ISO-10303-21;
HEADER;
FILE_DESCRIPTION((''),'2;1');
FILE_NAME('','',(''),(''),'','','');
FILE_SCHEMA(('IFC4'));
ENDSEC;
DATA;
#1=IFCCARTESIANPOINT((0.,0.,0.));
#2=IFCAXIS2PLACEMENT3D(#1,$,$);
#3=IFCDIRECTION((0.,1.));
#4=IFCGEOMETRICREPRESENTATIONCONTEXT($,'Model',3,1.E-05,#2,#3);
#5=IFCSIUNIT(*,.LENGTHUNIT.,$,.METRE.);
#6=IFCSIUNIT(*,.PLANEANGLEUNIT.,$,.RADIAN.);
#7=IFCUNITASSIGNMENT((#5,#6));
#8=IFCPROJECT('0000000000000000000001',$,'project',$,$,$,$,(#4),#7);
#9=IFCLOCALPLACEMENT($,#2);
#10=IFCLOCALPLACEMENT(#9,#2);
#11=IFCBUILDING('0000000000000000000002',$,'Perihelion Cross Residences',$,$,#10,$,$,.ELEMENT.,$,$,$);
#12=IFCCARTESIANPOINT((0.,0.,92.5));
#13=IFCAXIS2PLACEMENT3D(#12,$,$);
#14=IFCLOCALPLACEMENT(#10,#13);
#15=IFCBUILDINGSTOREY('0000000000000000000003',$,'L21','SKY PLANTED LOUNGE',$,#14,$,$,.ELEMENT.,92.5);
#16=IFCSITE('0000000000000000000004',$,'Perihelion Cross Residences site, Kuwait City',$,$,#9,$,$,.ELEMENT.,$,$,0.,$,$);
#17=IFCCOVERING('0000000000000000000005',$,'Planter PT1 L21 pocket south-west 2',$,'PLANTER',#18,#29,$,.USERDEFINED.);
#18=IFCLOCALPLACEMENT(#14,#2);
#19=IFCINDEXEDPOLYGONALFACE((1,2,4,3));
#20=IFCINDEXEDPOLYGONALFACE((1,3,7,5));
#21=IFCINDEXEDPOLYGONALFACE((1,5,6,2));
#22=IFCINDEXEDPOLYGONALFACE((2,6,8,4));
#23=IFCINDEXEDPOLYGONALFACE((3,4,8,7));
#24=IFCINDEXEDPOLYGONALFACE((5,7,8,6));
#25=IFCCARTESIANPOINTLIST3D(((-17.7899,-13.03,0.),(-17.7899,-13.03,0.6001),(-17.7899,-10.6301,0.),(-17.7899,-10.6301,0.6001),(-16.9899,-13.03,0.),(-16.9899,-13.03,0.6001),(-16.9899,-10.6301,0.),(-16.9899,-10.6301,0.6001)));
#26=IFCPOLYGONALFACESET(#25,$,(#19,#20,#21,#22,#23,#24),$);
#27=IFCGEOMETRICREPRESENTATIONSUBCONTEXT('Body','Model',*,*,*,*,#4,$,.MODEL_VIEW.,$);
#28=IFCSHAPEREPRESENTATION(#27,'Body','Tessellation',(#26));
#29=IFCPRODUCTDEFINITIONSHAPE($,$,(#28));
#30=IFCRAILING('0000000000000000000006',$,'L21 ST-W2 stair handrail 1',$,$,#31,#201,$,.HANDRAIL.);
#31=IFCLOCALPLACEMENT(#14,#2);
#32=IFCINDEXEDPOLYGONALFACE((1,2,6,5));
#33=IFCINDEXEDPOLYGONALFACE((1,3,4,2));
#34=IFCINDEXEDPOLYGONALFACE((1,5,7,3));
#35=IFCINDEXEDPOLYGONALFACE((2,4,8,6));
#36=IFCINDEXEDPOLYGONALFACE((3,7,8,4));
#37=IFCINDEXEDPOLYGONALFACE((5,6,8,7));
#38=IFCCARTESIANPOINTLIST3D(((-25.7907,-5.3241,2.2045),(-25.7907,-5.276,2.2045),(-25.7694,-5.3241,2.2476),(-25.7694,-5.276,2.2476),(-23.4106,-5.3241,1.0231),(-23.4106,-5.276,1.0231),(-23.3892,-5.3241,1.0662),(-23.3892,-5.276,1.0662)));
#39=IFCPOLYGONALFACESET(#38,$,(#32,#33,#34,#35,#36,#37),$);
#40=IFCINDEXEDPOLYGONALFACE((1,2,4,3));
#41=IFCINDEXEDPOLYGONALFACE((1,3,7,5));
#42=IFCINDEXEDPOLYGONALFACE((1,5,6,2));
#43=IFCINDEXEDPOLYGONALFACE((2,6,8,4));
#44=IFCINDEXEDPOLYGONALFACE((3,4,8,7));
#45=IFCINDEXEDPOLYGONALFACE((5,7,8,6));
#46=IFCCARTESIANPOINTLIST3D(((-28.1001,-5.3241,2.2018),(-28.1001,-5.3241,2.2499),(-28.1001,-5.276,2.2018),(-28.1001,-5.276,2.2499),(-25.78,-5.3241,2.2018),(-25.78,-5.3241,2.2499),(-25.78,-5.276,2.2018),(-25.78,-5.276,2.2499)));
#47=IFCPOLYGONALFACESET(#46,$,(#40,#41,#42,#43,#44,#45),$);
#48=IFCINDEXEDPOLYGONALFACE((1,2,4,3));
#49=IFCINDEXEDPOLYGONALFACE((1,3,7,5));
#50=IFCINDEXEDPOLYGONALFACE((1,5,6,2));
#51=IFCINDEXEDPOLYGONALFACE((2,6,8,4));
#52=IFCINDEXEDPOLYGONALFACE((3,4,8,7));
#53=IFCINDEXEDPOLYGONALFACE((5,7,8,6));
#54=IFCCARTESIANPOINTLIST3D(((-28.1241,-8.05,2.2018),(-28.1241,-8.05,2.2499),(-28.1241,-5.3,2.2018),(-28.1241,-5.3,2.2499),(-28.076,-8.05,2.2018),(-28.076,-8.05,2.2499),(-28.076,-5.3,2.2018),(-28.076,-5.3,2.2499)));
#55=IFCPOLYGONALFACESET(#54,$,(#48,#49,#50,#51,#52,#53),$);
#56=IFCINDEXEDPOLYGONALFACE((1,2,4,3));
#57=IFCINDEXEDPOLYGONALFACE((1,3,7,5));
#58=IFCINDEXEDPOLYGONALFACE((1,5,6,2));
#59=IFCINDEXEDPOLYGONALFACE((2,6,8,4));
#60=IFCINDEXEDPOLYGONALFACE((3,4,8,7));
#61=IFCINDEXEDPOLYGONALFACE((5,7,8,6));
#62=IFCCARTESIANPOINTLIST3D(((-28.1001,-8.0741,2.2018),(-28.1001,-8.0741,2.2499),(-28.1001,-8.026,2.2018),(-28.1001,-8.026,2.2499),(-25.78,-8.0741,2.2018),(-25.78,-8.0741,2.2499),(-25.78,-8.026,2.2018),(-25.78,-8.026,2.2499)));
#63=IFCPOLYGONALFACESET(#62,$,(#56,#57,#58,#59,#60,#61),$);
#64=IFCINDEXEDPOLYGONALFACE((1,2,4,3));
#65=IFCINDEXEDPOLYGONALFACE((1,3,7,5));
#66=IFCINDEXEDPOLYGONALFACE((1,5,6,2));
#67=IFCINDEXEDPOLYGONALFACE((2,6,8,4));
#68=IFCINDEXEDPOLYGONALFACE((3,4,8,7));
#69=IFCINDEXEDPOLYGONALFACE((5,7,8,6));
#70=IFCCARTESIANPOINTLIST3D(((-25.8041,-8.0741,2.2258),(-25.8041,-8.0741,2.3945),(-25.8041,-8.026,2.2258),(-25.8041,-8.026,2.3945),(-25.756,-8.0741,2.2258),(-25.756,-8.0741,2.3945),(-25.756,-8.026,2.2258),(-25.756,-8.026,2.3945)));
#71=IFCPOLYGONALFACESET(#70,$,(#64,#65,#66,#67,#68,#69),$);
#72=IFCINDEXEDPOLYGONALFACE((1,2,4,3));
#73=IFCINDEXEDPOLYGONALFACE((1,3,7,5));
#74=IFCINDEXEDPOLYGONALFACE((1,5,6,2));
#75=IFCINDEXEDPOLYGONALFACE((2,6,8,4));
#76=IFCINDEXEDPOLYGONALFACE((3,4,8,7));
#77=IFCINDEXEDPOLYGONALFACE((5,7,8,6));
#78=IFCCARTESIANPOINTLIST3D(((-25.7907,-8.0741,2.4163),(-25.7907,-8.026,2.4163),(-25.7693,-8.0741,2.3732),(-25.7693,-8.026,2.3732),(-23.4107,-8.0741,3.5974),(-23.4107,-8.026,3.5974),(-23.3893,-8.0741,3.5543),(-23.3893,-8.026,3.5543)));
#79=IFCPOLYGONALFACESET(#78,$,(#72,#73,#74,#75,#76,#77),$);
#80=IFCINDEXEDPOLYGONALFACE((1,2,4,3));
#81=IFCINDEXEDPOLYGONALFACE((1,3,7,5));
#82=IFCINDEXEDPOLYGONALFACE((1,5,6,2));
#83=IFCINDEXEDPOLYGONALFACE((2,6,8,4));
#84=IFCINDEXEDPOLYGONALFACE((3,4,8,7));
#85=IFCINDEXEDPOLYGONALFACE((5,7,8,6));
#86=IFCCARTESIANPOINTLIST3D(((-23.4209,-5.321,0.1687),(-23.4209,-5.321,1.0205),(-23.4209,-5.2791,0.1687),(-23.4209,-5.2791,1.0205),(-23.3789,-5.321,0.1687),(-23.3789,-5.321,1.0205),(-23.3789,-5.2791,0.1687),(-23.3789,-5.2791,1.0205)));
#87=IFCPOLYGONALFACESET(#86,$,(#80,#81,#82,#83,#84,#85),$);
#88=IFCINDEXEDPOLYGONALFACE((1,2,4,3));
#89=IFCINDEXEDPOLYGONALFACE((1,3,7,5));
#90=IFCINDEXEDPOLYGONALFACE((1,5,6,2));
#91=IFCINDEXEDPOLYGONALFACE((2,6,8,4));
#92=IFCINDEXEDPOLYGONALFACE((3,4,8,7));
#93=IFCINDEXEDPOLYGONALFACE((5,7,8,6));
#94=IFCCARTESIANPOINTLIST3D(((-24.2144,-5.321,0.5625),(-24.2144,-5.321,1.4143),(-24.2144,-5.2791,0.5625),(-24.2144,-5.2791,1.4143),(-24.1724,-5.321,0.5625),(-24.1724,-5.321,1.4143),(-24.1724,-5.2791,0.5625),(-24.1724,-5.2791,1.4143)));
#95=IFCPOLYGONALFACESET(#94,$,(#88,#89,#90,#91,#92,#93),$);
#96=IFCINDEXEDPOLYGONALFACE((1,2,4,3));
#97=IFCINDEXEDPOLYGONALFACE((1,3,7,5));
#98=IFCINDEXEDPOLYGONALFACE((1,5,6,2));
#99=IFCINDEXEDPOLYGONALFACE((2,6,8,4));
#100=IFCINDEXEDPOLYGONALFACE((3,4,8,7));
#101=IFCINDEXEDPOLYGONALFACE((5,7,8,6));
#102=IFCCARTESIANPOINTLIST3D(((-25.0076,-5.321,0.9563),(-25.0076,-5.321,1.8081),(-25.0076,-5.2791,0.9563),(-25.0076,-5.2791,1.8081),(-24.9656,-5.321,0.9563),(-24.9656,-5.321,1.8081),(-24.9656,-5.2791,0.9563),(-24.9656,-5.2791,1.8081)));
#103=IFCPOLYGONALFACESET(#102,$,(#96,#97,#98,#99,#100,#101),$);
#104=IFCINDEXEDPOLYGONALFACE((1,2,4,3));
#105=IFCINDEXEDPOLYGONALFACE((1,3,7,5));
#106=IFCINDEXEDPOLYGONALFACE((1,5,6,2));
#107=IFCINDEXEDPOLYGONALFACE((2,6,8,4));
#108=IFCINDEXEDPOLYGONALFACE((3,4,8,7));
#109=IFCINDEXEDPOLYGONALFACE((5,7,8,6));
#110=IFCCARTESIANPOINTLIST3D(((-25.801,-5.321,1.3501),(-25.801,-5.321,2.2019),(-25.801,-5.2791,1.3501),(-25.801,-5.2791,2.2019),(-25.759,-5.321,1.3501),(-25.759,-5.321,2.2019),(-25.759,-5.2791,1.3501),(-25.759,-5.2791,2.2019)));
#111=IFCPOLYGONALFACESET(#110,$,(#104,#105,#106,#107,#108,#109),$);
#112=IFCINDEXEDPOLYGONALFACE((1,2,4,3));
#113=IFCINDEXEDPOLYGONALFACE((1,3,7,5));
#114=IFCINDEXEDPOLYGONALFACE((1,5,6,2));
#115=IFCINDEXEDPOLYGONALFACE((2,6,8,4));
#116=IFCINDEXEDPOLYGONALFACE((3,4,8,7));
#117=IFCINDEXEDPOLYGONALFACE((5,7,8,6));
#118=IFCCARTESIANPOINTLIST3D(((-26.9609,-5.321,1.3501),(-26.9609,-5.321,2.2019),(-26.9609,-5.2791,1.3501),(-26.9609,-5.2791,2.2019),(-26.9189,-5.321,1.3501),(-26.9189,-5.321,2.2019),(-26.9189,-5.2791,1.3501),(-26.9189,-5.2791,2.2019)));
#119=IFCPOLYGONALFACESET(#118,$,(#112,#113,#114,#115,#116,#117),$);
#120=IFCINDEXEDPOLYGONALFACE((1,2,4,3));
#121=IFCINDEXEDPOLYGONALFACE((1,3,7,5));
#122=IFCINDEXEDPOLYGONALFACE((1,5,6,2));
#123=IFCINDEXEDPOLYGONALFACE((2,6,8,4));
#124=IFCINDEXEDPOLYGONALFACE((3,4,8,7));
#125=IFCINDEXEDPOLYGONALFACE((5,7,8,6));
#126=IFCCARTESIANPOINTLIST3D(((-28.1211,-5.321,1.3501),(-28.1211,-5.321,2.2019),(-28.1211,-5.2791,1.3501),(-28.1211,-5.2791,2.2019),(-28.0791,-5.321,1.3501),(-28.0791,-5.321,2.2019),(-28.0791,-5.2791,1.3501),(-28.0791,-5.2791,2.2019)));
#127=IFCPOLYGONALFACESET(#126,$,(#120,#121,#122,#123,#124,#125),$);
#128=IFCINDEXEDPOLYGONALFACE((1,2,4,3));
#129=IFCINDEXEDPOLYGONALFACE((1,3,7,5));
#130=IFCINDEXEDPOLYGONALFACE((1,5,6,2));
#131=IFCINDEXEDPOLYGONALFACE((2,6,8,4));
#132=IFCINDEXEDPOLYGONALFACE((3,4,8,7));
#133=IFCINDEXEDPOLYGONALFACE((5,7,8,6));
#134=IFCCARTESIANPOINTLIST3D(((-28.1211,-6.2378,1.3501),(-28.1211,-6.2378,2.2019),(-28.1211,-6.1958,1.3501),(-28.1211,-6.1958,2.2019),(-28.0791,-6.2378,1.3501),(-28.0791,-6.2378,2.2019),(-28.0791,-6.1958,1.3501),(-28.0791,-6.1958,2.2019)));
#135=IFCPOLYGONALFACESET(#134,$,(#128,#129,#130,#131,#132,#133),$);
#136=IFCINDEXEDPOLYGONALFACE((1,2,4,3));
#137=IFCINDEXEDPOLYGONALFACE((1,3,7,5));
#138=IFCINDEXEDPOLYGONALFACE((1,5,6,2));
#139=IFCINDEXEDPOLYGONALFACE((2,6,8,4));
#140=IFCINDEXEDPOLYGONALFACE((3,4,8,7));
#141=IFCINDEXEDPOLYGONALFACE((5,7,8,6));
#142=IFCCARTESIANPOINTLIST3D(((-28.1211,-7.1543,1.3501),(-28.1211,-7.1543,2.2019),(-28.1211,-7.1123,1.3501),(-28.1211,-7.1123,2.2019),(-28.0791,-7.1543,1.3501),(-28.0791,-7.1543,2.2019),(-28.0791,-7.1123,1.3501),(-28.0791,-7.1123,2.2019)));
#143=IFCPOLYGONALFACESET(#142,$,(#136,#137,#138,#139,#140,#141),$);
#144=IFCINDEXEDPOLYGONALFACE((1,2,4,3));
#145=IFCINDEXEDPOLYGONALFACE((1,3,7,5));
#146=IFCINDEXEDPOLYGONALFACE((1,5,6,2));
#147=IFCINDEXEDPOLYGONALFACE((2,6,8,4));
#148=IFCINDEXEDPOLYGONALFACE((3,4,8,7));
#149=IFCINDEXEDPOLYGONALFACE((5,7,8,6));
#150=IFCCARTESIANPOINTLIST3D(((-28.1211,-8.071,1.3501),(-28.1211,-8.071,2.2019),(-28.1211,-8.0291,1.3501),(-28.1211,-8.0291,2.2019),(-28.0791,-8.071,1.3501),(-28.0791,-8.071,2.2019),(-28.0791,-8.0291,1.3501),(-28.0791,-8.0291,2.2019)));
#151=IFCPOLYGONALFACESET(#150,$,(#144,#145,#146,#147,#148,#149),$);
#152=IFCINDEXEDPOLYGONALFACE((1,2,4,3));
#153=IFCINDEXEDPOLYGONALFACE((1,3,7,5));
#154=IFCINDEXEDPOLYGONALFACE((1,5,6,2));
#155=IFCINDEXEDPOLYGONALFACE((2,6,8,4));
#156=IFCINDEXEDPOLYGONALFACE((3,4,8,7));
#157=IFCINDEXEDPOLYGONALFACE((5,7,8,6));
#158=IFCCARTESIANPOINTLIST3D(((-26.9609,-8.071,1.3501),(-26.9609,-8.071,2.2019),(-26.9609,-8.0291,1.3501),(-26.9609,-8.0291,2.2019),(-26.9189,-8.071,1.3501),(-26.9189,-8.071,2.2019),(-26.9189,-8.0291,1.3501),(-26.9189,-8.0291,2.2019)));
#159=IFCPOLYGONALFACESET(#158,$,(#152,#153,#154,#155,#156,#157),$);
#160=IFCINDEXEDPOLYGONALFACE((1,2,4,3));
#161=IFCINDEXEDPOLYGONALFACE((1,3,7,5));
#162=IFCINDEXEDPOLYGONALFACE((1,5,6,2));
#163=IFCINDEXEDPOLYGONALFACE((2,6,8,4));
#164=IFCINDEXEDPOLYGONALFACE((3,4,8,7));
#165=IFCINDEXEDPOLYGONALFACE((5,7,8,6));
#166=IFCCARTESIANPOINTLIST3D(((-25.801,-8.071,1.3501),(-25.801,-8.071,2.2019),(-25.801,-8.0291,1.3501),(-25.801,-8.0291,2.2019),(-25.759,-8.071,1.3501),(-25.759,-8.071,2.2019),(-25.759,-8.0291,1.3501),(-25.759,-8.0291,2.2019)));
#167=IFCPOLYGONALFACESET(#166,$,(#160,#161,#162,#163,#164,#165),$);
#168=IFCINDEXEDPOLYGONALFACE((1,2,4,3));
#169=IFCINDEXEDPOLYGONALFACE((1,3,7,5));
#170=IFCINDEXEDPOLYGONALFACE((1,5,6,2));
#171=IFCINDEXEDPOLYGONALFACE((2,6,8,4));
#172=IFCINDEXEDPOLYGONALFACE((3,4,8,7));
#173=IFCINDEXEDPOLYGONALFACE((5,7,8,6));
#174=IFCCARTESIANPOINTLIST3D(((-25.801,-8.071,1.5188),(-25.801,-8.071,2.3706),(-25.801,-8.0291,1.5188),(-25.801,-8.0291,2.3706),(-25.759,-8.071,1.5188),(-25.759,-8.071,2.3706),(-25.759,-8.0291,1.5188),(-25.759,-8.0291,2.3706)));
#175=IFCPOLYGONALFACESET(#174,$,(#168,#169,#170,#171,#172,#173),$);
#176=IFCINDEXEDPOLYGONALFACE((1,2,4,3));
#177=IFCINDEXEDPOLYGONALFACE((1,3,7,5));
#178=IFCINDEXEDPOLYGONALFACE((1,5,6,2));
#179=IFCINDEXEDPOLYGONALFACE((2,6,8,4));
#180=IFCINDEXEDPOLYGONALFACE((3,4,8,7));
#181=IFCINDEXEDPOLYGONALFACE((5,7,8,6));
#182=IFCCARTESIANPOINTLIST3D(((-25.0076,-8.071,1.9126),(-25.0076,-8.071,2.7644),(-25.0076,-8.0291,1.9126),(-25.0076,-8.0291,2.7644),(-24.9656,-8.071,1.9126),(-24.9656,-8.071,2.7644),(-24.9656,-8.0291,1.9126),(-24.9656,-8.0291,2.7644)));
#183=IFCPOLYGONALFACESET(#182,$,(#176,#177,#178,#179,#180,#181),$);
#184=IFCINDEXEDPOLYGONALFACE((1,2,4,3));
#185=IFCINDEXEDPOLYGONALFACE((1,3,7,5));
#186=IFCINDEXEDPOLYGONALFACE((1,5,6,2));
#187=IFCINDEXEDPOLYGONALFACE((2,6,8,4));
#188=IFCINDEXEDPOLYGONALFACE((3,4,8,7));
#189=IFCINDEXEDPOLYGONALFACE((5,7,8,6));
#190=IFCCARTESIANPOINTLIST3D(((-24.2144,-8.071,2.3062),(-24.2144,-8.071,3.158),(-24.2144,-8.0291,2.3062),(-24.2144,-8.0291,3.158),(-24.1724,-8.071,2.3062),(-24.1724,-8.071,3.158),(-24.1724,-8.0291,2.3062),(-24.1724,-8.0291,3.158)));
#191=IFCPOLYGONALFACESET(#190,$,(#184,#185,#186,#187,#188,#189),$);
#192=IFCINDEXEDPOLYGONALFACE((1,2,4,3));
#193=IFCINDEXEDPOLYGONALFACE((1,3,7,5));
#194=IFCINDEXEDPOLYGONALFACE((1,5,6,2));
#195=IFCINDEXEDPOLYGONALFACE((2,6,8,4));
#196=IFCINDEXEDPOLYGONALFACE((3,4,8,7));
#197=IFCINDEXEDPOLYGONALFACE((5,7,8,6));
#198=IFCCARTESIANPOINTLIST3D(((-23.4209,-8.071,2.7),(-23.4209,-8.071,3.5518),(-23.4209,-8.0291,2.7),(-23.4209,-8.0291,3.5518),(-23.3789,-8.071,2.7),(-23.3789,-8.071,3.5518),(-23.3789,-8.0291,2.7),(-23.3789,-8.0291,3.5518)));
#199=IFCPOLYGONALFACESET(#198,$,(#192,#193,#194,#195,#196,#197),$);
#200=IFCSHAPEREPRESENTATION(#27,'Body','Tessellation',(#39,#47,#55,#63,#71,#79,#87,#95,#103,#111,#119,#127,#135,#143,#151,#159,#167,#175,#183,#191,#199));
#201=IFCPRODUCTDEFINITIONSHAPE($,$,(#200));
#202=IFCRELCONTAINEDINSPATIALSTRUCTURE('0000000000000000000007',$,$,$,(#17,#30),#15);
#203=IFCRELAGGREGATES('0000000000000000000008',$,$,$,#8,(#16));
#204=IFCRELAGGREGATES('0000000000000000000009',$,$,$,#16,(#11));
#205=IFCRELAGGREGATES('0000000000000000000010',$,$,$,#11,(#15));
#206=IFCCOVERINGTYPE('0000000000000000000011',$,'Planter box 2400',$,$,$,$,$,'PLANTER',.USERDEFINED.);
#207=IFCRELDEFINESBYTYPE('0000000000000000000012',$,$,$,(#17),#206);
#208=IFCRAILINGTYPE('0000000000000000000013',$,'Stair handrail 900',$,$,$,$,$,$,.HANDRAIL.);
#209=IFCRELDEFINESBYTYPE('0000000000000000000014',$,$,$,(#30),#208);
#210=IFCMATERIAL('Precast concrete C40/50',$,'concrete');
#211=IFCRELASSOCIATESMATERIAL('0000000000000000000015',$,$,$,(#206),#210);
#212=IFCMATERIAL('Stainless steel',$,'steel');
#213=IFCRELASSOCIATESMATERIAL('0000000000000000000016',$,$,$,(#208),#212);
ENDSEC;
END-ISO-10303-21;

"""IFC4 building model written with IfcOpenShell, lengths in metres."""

from ifc_helpers import new_model, si_unit, direction, frame, origin, origin_2d, place, context, subcontext, project, spatial, rectangle, extrude, material, type_object, element, save


model = new_model("IFC4")

# Units and contexts
model_context = context("Model", 3, precision=1e-05, world=origin(), true_north=direction((0.0, 1.0)))
body_context = subcontext(model_context, "Body", "Model", "MODEL_VIEW")
ifc_project = project(units=[si_unit("LENGTHUNIT", "METRE"), si_unit("PLANEANGLEUNIT", "RADIAN")], contexts=[model_context])

# Site, building, storey
site_placement = place(None, origin())
site = spatial("IfcSite", under=ifc_project, at=site_placement, Name="Perihelion Cross Residences site, Kuwait City", CompositionType="ELEMENT", RefElevation=0.0)
building_placement = place(site_placement, origin())
building = spatial("IfcBuilding", under=site, at=building_placement, Name="Perihelion Cross Residences", CompositionType="ELEMENT")
storey_placement = place(building_placement, frame((0.0, 0.0, 92.5)))
storey = spatial("IfcBuildingStorey", under=building, at=storey_placement, Name="L21", Description="SKY PLANTED LOUNGE", CompositionType="ELEMENT", Elevation=92.5)

# Covering
ifc_material_1 = material(Name="Precast concrete C40/50", Category="concrete")
covering_type_1 = type_object("IfcCoveringType", Name="Planter box 2400", ElementType="PLANTER", PredefinedType="USERDEFINED", material=ifc_material_1)
covering_1_placement = place(storey_placement, frame((-17.3899, -11.8301, 0.0), z_axis=(0.0, 0.0, 1.0), x_axis=(0.0, 1.0, 0.0)))
element("IfcCovering", 1, at=covering_1_placement, inside=storey, type_object=covering_type_1, Name="Planter PT1 L21 pocket south-west 2", ObjectType="PLANTER", PredefinedType="USERDEFINED", context=body_context, shape_type="SweptSolid", body=[
    extrude(rectangle(XDim=2.3999, YDim=0.8, at=origin_2d()), origin(), (0.0, 0.0, 1.0), 0.6001),
])

# Railing
ifc_material_2 = material(Name="Stainless steel", Category="steel")
railing_type_1 = type_object("IfcRailingType", Name="Stair handrail 900", PredefinedType="HANDRAIL", material=ifc_material_2)
railing_1_placement = place(storey_placement, frame((-23.3999, -5.3, 0.1687)))
element("IfcRailing", 2, at=railing_1_placement, inside=storey, type_object=railing_type_1, Name="L21 ST-W2 stair handrail 1", PredefinedType="HANDRAIL", context=body_context, shape_type="SweptSolid", body=[
    extrude(rectangle(XDim=0.0481, YDim=0.0481, at=origin_2d()), frame((0.0, 0.0, 0.876), z_axis=(-0.895728, 0.0, 0.444602), x_axis=(0.0, -1.0, 0.0)), (0.0, 0.0, 1.0), 2.6572),
    extrude(rectangle(XDim=0.0481, YDim=0.0481, at=origin_2d()), frame((-2.3801, 0.0, 2.0571), z_axis=(-1.0, 0.0, 0.0), x_axis=(0.0, -1.0, 0.0)), (0.0, 0.0, 1.0), 2.3201),
    extrude(rectangle(XDim=0.0481, YDim=0.0481, at=origin_2d()), frame((-4.7002, 0.0, 2.0571), z_axis=(0.0, -1.0, 0.0), x_axis=(1.0, 0.0, 0.0)), (0.0, 0.0, 1.0), 2.75),
    extrude(rectangle(XDim=0.0481, YDim=0.0481, at=origin_2d()), frame((-4.7002, -2.75, 2.0571), z_axis=(1.0, 0.0, 0.0), x_axis=(0.0, 1.0, 0.0)), (0.0, 0.0, 1.0), 2.3201),
    extrude(rectangle(XDim=0.0481, YDim=0.0481, at=origin_2d()), frame((-2.3801, -2.75, 2.0571), z_axis=(0.0, 0.0, 1.0), x_axis=(1.0, 0.0, 0.0)), (0.0, 0.0, 1.0), 0.1687),
    extrude(rectangle(XDim=0.0481, YDim=0.0481, at=origin_2d()), frame((-2.3801, -2.75, 2.2261), z_axis=(0.895765, 0.0, 0.444529), x_axis=(0.0, 1.0, 0.0)), (0.0, 0.0, 1.0), 2.657),
    extrude(rectangle(XDim=0.042, YDim=0.042, at=origin_2d()), origin(), (0.0, 0.0, 1.0), 0.8518),
    extrude(rectangle(XDim=0.042, YDim=0.042, at=origin_2d()), frame((-0.7935, 0.0, 0.3938)), (0.0, 0.0, 1.0), 0.8518),
    extrude(rectangle(XDim=0.042, YDim=0.042, at=origin_2d()), frame((-1.5867, 0.0, 0.7876)), (0.0, 0.0, 1.0), 0.8518),
    extrude(rectangle(XDim=0.042, YDim=0.042, at=origin_2d()), frame((-2.3801, 0.0, 1.1814)), (0.0, 0.0, 1.0), 0.8518),
    extrude(rectangle(XDim=0.042, YDim=0.042, at=origin_2d()), frame((-3.54, 0.0, 1.1814)), (0.0, 0.0, 1.0), 0.8518),
    extrude(rectangle(XDim=0.042, YDim=0.042, at=origin_2d()), frame((-4.7002, 0.0, 1.1814)), (0.0, 0.0, 1.0), 0.8518),
    extrude(rectangle(XDim=0.042, YDim=0.042, at=origin_2d()), frame((-4.7002, -0.9167, 1.1814)), (0.0, 0.0, 1.0), 0.8518),
    extrude(rectangle(XDim=0.042, YDim=0.042, at=origin_2d()), frame((-4.7002, -1.8333, 1.1814)), (0.0, 0.0, 1.0), 0.8518),
    extrude(rectangle(XDim=0.042, YDim=0.042, at=origin_2d()), frame((-4.7002, -2.75, 1.1814)), (0.0, 0.0, 1.0), 0.8518),
    extrude(rectangle(XDim=0.042, YDim=0.042, at=origin_2d()), frame((-3.54, -2.75, 1.1814)), (0.0, 0.0, 1.0), 0.8518),
    extrude(rectangle(XDim=0.042, YDim=0.042, at=origin_2d()), frame((-2.3801, -2.75, 1.1814)), (0.0, 0.0, 1.0), 0.8518),
    extrude(rectangle(XDim=0.042, YDim=0.042, at=origin_2d()), frame((-2.3801, -2.75, 1.3501)), (0.0, 0.0, 1.0), 0.8518),
    extrude(rectangle(XDim=0.042, YDim=0.042, at=origin_2d()), frame((-1.5867, -2.75, 1.7439)), (0.0, 0.0, 1.0), 0.8518),
    extrude(rectangle(XDim=0.042, YDim=0.042, at=origin_2d()), frame((-0.7935, -2.75, 2.1375)), (0.0, 0.0, 1.0), 0.8518),
    extrude(rectangle(XDim=0.042, YDim=0.042, at=origin_2d()), frame((0.0, -2.75, 2.5312)), (0.0, 0.0, 1.0), 0.8518),
])

save(model, "model.ifc")
